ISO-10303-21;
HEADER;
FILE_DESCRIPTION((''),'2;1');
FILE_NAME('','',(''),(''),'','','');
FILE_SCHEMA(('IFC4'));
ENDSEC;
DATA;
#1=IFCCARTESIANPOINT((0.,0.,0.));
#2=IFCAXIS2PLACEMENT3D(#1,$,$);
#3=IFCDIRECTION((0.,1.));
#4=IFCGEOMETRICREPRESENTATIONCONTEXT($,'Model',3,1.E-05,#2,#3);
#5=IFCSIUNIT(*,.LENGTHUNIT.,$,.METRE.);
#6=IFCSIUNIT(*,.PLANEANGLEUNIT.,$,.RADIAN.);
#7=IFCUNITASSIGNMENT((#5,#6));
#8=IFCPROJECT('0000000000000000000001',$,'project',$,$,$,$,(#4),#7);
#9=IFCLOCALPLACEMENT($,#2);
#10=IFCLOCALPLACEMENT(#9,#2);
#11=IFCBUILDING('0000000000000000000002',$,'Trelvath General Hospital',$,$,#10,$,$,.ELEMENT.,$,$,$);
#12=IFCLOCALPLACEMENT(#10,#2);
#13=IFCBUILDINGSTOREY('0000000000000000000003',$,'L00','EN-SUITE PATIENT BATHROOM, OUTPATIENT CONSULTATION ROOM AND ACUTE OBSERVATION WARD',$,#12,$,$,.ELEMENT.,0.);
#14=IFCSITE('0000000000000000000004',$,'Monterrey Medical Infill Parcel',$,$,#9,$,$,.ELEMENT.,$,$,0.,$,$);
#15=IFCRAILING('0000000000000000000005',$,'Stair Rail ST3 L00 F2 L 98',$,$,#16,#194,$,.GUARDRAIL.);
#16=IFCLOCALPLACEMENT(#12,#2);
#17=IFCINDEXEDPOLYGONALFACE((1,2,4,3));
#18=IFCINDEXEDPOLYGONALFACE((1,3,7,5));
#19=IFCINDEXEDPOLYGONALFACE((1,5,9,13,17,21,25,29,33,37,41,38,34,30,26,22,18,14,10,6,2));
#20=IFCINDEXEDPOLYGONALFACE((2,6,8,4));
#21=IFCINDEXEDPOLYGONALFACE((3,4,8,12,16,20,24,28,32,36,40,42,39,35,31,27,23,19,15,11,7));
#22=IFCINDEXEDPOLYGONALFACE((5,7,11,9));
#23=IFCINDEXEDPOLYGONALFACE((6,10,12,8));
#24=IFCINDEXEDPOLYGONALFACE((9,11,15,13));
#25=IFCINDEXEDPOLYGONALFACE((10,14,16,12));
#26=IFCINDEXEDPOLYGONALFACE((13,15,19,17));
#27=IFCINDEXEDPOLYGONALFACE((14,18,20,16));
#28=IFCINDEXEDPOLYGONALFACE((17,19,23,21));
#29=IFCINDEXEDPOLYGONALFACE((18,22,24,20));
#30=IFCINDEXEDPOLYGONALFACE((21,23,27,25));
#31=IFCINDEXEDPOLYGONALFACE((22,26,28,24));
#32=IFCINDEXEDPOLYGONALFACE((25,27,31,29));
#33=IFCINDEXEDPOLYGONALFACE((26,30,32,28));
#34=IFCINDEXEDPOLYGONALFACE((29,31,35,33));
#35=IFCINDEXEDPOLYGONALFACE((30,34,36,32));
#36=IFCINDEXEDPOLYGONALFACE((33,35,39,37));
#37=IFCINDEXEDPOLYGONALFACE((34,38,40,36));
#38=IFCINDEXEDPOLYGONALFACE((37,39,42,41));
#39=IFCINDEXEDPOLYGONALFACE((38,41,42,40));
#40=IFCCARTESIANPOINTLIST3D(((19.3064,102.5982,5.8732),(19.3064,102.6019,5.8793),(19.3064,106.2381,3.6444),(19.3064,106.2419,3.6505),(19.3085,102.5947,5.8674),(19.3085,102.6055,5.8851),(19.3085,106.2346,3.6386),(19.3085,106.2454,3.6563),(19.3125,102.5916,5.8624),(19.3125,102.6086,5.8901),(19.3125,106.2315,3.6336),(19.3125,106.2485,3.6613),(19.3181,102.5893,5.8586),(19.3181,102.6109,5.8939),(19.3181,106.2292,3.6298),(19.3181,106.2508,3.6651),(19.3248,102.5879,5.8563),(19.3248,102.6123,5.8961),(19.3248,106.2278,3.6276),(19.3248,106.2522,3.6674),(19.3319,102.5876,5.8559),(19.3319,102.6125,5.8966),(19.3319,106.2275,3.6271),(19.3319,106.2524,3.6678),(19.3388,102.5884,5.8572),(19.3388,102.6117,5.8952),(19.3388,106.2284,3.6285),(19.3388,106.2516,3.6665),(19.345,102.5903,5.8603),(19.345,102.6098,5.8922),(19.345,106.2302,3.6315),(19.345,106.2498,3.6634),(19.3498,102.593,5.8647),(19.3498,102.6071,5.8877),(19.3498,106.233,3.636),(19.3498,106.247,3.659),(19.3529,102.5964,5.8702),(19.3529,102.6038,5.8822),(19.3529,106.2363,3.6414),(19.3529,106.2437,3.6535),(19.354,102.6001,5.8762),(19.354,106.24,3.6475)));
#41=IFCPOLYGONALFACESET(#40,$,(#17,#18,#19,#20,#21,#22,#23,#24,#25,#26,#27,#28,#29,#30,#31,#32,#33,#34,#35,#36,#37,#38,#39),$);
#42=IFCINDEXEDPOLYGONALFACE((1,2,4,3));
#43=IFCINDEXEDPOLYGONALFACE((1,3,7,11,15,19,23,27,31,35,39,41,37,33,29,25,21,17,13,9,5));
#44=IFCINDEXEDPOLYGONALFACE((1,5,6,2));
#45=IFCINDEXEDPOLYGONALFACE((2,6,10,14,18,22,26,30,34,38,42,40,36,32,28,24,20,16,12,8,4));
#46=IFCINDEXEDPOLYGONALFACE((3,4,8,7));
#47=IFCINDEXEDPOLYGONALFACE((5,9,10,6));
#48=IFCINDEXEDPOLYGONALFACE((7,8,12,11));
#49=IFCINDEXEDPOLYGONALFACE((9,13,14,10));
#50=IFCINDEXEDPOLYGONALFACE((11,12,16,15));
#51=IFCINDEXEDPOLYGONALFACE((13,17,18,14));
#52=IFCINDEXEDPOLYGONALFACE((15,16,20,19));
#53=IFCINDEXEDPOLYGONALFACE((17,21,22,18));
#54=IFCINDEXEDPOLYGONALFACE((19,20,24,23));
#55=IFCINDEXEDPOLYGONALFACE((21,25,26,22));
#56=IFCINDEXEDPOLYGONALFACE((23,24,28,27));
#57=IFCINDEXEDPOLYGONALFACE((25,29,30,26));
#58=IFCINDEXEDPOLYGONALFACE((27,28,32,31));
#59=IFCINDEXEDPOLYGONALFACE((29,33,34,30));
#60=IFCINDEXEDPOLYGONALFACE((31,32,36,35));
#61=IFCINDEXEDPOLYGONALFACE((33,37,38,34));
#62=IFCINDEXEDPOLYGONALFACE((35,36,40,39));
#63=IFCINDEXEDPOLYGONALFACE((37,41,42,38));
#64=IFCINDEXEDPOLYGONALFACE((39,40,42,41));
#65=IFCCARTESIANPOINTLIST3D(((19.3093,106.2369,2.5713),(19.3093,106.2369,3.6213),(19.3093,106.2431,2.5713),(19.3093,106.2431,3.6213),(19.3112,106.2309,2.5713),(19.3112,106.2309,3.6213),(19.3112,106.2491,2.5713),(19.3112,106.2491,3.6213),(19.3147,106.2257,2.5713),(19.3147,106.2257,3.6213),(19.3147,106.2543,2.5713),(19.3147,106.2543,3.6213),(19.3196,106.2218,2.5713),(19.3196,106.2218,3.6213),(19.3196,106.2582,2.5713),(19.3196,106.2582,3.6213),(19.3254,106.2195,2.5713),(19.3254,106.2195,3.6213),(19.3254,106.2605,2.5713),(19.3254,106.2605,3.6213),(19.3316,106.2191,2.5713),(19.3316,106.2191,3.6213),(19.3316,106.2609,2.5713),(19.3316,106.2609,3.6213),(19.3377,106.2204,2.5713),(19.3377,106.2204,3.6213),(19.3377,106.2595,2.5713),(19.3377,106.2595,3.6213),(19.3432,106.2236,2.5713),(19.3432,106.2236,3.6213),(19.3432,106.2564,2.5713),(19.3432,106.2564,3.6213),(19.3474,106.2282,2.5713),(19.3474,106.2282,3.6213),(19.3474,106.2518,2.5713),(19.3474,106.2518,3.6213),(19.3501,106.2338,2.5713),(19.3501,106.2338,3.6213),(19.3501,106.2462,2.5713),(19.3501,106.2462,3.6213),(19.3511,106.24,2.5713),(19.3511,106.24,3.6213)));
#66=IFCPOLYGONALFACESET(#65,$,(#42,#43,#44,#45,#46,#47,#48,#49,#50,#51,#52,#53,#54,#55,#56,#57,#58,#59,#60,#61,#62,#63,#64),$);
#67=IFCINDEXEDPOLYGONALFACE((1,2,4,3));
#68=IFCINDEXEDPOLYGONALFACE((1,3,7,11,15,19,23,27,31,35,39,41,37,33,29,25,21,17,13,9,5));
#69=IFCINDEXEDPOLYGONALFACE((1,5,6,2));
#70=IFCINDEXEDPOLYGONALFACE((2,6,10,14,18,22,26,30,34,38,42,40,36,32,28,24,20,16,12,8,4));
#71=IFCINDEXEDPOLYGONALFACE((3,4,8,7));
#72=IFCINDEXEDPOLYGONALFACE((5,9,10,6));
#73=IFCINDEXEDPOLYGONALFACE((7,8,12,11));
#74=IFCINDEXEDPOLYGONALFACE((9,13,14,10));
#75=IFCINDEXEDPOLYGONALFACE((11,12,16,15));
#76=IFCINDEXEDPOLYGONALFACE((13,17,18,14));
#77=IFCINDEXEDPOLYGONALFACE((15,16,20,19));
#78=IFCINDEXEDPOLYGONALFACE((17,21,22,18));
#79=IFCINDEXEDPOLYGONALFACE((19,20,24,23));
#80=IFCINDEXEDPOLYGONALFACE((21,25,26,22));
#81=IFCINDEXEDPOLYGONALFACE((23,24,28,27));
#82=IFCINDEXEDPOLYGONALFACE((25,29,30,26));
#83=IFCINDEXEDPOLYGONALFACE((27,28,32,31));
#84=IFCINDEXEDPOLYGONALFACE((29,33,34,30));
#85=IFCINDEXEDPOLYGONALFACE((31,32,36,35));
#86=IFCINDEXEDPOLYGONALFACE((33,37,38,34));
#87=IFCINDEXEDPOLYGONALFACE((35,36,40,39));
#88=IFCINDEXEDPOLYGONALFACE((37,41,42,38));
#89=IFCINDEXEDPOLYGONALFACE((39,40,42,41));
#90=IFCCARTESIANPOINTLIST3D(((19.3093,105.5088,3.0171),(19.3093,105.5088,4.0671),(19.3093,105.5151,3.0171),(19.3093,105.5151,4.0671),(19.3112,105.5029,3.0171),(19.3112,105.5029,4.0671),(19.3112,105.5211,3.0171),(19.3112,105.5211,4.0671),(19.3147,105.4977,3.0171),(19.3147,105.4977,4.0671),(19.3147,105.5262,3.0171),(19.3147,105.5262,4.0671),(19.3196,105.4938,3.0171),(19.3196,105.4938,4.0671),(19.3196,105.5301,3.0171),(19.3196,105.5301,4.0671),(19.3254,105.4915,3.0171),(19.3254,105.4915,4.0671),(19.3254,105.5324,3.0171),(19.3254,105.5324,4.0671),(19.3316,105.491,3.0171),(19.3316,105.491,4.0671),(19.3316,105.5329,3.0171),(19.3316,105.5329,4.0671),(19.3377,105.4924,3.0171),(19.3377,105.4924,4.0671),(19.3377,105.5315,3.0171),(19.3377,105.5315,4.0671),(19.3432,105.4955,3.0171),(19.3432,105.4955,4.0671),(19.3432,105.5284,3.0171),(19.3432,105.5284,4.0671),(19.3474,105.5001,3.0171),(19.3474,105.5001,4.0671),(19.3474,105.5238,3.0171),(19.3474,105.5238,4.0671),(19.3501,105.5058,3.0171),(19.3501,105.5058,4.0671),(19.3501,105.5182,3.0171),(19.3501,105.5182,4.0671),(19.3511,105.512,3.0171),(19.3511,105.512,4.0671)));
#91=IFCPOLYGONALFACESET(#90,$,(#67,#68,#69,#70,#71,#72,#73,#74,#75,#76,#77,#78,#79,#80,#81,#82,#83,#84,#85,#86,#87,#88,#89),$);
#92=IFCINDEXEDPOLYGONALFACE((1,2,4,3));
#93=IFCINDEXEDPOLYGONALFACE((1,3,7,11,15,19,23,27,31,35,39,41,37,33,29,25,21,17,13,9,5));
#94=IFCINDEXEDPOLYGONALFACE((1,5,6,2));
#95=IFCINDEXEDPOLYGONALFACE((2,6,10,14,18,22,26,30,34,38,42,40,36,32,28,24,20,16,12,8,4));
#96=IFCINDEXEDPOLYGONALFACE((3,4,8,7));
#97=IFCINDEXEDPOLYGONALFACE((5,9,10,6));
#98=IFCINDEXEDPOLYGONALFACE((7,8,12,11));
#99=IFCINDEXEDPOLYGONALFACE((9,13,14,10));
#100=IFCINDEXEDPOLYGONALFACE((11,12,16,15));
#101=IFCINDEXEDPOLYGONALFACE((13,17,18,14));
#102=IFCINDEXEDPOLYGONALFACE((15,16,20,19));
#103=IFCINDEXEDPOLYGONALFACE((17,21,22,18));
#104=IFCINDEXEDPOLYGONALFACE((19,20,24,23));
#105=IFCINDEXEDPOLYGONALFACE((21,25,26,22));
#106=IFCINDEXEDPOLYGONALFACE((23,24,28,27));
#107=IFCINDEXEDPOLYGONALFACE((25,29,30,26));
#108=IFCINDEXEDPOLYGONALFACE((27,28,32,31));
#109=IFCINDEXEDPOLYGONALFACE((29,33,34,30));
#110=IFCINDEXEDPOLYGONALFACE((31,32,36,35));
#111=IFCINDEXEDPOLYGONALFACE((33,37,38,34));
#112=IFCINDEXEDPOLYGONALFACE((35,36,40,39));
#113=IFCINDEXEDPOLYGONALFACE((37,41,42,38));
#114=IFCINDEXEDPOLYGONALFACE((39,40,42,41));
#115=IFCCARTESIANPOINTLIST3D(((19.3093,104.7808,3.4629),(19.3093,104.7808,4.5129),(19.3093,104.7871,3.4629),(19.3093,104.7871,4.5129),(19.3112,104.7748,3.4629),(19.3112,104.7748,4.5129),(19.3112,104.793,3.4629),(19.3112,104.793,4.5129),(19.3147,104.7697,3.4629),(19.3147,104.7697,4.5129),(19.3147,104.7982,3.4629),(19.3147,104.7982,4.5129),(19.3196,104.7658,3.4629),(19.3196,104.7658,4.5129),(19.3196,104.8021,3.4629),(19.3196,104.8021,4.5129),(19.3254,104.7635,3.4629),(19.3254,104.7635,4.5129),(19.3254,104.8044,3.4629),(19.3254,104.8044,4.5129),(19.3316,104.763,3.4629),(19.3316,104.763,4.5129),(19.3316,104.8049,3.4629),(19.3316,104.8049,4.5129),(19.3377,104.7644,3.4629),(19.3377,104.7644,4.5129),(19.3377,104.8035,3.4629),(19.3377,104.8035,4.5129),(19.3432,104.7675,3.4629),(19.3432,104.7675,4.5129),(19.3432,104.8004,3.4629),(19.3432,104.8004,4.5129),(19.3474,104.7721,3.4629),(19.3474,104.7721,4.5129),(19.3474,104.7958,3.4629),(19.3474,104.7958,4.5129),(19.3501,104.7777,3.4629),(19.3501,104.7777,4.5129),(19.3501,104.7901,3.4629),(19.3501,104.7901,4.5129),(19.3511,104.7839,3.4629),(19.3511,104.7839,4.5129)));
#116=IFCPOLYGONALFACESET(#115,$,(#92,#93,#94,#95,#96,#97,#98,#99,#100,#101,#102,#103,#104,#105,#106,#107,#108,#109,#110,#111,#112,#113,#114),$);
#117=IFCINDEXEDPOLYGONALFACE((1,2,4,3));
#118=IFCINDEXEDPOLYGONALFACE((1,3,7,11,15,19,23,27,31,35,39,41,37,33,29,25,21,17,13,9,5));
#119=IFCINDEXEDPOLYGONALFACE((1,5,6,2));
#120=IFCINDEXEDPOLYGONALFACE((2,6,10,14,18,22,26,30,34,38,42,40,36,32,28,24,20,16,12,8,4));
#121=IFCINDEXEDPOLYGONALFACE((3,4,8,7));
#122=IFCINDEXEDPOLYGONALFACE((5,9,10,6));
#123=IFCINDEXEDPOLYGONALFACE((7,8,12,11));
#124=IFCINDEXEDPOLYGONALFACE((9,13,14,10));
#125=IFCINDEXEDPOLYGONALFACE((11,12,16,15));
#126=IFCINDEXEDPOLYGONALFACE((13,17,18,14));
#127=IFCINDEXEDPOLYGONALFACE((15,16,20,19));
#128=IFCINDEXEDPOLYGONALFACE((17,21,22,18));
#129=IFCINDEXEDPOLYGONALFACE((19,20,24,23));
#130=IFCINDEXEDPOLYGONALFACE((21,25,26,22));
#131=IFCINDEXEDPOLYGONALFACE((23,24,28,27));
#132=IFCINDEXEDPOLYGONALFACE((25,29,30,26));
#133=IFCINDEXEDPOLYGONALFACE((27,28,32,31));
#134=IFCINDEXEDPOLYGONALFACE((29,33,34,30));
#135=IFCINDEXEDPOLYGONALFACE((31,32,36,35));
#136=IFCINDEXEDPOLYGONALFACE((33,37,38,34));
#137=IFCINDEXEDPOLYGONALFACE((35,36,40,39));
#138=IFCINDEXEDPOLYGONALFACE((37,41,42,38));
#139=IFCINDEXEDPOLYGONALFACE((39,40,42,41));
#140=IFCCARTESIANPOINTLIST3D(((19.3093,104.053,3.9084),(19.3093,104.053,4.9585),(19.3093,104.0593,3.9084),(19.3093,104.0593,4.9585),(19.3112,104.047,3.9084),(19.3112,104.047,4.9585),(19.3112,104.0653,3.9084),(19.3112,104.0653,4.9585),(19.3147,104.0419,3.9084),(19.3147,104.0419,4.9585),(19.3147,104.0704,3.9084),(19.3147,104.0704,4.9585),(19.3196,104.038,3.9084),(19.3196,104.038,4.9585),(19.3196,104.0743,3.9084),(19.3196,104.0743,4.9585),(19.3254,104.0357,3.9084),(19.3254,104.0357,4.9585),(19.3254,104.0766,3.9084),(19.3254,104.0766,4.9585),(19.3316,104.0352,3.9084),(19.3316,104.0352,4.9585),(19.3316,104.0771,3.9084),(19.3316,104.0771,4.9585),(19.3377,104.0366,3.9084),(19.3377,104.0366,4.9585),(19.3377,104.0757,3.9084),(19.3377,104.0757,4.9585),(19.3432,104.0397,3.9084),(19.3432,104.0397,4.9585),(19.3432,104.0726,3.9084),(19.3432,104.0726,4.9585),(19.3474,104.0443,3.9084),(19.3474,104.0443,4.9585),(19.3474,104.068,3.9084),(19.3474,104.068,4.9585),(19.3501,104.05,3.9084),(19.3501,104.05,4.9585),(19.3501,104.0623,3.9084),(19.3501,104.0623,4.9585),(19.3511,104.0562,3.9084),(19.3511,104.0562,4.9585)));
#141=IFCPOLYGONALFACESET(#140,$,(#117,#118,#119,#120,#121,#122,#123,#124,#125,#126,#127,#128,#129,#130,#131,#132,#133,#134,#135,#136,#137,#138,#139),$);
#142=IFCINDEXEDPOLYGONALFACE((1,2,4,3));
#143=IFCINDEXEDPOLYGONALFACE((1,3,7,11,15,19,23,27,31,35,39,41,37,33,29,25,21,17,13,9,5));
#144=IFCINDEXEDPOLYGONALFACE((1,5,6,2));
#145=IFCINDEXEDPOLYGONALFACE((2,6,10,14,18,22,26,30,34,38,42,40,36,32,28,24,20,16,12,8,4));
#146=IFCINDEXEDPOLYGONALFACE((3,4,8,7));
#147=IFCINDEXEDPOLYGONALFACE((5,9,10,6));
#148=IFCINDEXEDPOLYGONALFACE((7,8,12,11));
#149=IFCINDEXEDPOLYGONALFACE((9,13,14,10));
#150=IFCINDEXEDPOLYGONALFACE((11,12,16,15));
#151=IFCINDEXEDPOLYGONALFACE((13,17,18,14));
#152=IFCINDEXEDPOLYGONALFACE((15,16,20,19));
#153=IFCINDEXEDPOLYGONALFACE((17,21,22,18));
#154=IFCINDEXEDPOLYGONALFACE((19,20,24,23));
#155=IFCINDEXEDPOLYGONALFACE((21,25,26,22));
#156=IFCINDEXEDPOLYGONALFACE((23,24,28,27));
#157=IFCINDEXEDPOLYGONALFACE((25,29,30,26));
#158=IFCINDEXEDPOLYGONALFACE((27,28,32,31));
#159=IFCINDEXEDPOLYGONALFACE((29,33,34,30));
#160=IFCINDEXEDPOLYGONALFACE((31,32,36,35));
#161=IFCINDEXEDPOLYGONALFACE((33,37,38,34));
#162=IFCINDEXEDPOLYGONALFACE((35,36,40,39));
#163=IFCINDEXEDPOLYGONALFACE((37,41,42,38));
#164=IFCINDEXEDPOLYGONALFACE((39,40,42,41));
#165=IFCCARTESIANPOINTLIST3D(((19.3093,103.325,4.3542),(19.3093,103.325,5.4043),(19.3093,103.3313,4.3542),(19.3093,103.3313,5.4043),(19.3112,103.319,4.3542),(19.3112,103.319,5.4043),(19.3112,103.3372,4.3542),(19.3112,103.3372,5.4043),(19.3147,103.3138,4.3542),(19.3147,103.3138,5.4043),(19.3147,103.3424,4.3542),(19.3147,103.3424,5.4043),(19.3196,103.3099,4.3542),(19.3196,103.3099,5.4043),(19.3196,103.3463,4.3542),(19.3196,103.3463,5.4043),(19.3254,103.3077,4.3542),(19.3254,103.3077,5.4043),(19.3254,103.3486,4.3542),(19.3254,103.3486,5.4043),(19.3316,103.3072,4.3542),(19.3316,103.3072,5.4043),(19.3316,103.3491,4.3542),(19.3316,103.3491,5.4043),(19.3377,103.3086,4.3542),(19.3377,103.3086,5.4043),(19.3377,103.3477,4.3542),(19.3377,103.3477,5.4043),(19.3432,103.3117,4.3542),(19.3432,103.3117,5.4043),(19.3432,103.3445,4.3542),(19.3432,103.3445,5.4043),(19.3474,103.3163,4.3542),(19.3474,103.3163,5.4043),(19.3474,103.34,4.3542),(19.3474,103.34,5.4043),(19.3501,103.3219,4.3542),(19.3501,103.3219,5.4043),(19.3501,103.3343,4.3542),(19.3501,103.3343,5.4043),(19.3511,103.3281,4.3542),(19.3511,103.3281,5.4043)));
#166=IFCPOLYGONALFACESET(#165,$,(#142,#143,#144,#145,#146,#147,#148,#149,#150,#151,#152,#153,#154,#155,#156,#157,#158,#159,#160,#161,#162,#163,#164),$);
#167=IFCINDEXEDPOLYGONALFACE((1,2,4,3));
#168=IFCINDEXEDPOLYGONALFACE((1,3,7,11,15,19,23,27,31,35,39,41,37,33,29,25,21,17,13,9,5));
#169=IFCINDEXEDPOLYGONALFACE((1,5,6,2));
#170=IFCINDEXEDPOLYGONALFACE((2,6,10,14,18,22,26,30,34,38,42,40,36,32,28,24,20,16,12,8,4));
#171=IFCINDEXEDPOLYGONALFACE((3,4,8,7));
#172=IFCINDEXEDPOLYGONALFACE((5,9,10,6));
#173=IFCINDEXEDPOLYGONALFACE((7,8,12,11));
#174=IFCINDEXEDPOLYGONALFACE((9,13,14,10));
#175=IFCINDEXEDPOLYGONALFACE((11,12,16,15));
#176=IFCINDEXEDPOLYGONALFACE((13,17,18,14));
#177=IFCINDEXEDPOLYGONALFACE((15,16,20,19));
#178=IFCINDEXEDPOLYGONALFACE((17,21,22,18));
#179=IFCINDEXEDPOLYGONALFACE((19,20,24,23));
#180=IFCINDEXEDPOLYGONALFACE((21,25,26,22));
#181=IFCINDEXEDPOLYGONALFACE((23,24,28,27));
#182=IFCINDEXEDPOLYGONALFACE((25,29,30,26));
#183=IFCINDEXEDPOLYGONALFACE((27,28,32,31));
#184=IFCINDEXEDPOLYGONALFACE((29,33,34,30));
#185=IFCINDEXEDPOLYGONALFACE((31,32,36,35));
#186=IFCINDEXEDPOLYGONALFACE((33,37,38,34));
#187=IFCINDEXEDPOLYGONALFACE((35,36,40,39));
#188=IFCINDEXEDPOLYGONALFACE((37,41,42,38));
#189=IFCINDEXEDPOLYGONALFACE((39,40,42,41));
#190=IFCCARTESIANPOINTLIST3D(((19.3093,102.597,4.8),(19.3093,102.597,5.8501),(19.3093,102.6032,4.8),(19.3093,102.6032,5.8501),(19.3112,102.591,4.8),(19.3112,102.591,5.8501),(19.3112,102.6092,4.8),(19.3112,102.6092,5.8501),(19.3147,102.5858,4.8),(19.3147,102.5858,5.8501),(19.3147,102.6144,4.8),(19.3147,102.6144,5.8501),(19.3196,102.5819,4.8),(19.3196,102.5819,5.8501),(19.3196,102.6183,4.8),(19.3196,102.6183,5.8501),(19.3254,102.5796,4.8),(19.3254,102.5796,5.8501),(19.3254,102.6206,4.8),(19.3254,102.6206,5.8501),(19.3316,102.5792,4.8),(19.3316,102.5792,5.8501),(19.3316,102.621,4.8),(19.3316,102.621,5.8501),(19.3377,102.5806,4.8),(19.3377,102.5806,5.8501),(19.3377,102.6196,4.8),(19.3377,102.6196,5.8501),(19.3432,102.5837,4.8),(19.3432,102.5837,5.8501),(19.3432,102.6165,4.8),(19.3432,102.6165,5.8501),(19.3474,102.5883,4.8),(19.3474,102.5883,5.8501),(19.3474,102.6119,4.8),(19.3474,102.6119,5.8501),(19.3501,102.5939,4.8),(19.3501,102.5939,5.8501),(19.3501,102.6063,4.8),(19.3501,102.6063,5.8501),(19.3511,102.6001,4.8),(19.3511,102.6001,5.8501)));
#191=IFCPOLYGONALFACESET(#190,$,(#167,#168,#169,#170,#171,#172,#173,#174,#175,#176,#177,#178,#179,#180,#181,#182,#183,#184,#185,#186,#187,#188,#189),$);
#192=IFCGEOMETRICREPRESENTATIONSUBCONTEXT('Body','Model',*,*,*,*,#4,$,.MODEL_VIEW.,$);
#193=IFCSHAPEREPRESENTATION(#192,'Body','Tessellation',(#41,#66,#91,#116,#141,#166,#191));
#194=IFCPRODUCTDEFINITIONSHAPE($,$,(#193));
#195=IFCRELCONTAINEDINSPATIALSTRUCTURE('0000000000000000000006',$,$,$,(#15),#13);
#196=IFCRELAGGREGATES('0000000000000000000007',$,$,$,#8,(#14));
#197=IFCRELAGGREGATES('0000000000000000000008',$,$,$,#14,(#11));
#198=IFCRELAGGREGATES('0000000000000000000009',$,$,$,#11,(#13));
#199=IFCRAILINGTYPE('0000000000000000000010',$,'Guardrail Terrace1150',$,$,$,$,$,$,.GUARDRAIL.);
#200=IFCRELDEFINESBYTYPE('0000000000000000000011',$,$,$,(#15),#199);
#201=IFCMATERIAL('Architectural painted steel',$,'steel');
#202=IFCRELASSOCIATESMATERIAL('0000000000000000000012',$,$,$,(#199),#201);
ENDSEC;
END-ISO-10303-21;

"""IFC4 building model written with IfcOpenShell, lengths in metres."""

from ifc_helpers import new_model, si_unit, direction, frame, origin, origin_2d, place, context, subcontext, project, spatial, circle, extrude, material, type_object, element, save


model = new_model("IFC4")

# Units and contexts
model_context = context("Model", 3, precision=1e-05, world=origin(), true_north=direction((0.0, 1.0)))
body_context = subcontext(model_context, "Body", "Model", "MODEL_VIEW")
ifc_project = project(units=[si_unit("LENGTHUNIT", "METRE"), si_unit("PLANEANGLEUNIT", "RADIAN")], contexts=[model_context])

# Site, building, storey
site_placement = place(None, origin())
site = spatial("IfcSite", under=ifc_project, at=site_placement, Name="Monterrey Medical Infill Parcel", CompositionType="ELEMENT", RefElevation=0.0)
building_placement = place(site_placement, origin())
building = spatial("IfcBuilding", under=site, at=building_placement, Name="Trelvath General Hospital", CompositionType="ELEMENT")
storey_placement = place(building_placement, origin())
storey = spatial("IfcBuildingStorey", under=building, at=storey_placement, Name="L00", Description="EN-SUITE PATIENT BATHROOM, OUTPATIENT CONSULTATION ROOM AND ACUTE OBSERVATION WARD", CompositionType="ELEMENT", Elevation=0.0)

# Railing
ifc_material_1 = material(Name="Architectural painted steel", Category="steel")
railing_type_1 = type_object("IfcRailingType", Name="Guardrail Terrace1150", PredefinedType="GUARDRAIL", material=ifc_material_1)
railing_1_placement = place(storey_placement, frame((19.3301, 106.24, 2.5713)))
element("IfcRailing", 1, at=railing_1_placement, inside=storey, type_object=railing_type_1, Name="Stair Rail ST3 L00 F2 L 98", PredefinedType="GUARDRAIL", context=body_context, shape_type="SweptSolid", body=[
    extrude(circle(Radius=0.0239, at=origin_2d()), frame((0.0, 0.0, 1.0762), z_axis=(0.0, -0.852825, 0.522197), x_axis=(1.0, 0.0, 0.0)), (0.0, 0.0, 1.0), 4.2681),
    extrude(circle(Radius=0.021, at=origin_2d()), origin(), (0.0, 0.0, 1.0), 1.05),
    extrude(circle(Radius=0.021, at=origin_2d()), frame((0.0, -0.728, 0.4458)), (0.0, 0.0, 1.0), 1.05),
    extrude(circle(Radius=0.021, at=origin_2d()), frame((0.0, -1.4561, 0.8916)), (0.0, 0.0, 1.0), 1.05),
    extrude(circle(Radius=0.021, at=origin_2d()), frame((0.0, -2.1838, 1.3372)), (0.0, 0.0, 1.0), 1.05),
    extrude(circle(Radius=0.021, at=origin_2d()), frame((0.0, -2.9119, 1.783)), (0.0, 0.0, 1.0), 1.05),
    extrude(circle(Radius=0.021, at=origin_2d()), frame((0.0, -3.6399, 2.2288)), (0.0, 0.0, 1.0), 1.05),
])

save(model, "model.ifc")
